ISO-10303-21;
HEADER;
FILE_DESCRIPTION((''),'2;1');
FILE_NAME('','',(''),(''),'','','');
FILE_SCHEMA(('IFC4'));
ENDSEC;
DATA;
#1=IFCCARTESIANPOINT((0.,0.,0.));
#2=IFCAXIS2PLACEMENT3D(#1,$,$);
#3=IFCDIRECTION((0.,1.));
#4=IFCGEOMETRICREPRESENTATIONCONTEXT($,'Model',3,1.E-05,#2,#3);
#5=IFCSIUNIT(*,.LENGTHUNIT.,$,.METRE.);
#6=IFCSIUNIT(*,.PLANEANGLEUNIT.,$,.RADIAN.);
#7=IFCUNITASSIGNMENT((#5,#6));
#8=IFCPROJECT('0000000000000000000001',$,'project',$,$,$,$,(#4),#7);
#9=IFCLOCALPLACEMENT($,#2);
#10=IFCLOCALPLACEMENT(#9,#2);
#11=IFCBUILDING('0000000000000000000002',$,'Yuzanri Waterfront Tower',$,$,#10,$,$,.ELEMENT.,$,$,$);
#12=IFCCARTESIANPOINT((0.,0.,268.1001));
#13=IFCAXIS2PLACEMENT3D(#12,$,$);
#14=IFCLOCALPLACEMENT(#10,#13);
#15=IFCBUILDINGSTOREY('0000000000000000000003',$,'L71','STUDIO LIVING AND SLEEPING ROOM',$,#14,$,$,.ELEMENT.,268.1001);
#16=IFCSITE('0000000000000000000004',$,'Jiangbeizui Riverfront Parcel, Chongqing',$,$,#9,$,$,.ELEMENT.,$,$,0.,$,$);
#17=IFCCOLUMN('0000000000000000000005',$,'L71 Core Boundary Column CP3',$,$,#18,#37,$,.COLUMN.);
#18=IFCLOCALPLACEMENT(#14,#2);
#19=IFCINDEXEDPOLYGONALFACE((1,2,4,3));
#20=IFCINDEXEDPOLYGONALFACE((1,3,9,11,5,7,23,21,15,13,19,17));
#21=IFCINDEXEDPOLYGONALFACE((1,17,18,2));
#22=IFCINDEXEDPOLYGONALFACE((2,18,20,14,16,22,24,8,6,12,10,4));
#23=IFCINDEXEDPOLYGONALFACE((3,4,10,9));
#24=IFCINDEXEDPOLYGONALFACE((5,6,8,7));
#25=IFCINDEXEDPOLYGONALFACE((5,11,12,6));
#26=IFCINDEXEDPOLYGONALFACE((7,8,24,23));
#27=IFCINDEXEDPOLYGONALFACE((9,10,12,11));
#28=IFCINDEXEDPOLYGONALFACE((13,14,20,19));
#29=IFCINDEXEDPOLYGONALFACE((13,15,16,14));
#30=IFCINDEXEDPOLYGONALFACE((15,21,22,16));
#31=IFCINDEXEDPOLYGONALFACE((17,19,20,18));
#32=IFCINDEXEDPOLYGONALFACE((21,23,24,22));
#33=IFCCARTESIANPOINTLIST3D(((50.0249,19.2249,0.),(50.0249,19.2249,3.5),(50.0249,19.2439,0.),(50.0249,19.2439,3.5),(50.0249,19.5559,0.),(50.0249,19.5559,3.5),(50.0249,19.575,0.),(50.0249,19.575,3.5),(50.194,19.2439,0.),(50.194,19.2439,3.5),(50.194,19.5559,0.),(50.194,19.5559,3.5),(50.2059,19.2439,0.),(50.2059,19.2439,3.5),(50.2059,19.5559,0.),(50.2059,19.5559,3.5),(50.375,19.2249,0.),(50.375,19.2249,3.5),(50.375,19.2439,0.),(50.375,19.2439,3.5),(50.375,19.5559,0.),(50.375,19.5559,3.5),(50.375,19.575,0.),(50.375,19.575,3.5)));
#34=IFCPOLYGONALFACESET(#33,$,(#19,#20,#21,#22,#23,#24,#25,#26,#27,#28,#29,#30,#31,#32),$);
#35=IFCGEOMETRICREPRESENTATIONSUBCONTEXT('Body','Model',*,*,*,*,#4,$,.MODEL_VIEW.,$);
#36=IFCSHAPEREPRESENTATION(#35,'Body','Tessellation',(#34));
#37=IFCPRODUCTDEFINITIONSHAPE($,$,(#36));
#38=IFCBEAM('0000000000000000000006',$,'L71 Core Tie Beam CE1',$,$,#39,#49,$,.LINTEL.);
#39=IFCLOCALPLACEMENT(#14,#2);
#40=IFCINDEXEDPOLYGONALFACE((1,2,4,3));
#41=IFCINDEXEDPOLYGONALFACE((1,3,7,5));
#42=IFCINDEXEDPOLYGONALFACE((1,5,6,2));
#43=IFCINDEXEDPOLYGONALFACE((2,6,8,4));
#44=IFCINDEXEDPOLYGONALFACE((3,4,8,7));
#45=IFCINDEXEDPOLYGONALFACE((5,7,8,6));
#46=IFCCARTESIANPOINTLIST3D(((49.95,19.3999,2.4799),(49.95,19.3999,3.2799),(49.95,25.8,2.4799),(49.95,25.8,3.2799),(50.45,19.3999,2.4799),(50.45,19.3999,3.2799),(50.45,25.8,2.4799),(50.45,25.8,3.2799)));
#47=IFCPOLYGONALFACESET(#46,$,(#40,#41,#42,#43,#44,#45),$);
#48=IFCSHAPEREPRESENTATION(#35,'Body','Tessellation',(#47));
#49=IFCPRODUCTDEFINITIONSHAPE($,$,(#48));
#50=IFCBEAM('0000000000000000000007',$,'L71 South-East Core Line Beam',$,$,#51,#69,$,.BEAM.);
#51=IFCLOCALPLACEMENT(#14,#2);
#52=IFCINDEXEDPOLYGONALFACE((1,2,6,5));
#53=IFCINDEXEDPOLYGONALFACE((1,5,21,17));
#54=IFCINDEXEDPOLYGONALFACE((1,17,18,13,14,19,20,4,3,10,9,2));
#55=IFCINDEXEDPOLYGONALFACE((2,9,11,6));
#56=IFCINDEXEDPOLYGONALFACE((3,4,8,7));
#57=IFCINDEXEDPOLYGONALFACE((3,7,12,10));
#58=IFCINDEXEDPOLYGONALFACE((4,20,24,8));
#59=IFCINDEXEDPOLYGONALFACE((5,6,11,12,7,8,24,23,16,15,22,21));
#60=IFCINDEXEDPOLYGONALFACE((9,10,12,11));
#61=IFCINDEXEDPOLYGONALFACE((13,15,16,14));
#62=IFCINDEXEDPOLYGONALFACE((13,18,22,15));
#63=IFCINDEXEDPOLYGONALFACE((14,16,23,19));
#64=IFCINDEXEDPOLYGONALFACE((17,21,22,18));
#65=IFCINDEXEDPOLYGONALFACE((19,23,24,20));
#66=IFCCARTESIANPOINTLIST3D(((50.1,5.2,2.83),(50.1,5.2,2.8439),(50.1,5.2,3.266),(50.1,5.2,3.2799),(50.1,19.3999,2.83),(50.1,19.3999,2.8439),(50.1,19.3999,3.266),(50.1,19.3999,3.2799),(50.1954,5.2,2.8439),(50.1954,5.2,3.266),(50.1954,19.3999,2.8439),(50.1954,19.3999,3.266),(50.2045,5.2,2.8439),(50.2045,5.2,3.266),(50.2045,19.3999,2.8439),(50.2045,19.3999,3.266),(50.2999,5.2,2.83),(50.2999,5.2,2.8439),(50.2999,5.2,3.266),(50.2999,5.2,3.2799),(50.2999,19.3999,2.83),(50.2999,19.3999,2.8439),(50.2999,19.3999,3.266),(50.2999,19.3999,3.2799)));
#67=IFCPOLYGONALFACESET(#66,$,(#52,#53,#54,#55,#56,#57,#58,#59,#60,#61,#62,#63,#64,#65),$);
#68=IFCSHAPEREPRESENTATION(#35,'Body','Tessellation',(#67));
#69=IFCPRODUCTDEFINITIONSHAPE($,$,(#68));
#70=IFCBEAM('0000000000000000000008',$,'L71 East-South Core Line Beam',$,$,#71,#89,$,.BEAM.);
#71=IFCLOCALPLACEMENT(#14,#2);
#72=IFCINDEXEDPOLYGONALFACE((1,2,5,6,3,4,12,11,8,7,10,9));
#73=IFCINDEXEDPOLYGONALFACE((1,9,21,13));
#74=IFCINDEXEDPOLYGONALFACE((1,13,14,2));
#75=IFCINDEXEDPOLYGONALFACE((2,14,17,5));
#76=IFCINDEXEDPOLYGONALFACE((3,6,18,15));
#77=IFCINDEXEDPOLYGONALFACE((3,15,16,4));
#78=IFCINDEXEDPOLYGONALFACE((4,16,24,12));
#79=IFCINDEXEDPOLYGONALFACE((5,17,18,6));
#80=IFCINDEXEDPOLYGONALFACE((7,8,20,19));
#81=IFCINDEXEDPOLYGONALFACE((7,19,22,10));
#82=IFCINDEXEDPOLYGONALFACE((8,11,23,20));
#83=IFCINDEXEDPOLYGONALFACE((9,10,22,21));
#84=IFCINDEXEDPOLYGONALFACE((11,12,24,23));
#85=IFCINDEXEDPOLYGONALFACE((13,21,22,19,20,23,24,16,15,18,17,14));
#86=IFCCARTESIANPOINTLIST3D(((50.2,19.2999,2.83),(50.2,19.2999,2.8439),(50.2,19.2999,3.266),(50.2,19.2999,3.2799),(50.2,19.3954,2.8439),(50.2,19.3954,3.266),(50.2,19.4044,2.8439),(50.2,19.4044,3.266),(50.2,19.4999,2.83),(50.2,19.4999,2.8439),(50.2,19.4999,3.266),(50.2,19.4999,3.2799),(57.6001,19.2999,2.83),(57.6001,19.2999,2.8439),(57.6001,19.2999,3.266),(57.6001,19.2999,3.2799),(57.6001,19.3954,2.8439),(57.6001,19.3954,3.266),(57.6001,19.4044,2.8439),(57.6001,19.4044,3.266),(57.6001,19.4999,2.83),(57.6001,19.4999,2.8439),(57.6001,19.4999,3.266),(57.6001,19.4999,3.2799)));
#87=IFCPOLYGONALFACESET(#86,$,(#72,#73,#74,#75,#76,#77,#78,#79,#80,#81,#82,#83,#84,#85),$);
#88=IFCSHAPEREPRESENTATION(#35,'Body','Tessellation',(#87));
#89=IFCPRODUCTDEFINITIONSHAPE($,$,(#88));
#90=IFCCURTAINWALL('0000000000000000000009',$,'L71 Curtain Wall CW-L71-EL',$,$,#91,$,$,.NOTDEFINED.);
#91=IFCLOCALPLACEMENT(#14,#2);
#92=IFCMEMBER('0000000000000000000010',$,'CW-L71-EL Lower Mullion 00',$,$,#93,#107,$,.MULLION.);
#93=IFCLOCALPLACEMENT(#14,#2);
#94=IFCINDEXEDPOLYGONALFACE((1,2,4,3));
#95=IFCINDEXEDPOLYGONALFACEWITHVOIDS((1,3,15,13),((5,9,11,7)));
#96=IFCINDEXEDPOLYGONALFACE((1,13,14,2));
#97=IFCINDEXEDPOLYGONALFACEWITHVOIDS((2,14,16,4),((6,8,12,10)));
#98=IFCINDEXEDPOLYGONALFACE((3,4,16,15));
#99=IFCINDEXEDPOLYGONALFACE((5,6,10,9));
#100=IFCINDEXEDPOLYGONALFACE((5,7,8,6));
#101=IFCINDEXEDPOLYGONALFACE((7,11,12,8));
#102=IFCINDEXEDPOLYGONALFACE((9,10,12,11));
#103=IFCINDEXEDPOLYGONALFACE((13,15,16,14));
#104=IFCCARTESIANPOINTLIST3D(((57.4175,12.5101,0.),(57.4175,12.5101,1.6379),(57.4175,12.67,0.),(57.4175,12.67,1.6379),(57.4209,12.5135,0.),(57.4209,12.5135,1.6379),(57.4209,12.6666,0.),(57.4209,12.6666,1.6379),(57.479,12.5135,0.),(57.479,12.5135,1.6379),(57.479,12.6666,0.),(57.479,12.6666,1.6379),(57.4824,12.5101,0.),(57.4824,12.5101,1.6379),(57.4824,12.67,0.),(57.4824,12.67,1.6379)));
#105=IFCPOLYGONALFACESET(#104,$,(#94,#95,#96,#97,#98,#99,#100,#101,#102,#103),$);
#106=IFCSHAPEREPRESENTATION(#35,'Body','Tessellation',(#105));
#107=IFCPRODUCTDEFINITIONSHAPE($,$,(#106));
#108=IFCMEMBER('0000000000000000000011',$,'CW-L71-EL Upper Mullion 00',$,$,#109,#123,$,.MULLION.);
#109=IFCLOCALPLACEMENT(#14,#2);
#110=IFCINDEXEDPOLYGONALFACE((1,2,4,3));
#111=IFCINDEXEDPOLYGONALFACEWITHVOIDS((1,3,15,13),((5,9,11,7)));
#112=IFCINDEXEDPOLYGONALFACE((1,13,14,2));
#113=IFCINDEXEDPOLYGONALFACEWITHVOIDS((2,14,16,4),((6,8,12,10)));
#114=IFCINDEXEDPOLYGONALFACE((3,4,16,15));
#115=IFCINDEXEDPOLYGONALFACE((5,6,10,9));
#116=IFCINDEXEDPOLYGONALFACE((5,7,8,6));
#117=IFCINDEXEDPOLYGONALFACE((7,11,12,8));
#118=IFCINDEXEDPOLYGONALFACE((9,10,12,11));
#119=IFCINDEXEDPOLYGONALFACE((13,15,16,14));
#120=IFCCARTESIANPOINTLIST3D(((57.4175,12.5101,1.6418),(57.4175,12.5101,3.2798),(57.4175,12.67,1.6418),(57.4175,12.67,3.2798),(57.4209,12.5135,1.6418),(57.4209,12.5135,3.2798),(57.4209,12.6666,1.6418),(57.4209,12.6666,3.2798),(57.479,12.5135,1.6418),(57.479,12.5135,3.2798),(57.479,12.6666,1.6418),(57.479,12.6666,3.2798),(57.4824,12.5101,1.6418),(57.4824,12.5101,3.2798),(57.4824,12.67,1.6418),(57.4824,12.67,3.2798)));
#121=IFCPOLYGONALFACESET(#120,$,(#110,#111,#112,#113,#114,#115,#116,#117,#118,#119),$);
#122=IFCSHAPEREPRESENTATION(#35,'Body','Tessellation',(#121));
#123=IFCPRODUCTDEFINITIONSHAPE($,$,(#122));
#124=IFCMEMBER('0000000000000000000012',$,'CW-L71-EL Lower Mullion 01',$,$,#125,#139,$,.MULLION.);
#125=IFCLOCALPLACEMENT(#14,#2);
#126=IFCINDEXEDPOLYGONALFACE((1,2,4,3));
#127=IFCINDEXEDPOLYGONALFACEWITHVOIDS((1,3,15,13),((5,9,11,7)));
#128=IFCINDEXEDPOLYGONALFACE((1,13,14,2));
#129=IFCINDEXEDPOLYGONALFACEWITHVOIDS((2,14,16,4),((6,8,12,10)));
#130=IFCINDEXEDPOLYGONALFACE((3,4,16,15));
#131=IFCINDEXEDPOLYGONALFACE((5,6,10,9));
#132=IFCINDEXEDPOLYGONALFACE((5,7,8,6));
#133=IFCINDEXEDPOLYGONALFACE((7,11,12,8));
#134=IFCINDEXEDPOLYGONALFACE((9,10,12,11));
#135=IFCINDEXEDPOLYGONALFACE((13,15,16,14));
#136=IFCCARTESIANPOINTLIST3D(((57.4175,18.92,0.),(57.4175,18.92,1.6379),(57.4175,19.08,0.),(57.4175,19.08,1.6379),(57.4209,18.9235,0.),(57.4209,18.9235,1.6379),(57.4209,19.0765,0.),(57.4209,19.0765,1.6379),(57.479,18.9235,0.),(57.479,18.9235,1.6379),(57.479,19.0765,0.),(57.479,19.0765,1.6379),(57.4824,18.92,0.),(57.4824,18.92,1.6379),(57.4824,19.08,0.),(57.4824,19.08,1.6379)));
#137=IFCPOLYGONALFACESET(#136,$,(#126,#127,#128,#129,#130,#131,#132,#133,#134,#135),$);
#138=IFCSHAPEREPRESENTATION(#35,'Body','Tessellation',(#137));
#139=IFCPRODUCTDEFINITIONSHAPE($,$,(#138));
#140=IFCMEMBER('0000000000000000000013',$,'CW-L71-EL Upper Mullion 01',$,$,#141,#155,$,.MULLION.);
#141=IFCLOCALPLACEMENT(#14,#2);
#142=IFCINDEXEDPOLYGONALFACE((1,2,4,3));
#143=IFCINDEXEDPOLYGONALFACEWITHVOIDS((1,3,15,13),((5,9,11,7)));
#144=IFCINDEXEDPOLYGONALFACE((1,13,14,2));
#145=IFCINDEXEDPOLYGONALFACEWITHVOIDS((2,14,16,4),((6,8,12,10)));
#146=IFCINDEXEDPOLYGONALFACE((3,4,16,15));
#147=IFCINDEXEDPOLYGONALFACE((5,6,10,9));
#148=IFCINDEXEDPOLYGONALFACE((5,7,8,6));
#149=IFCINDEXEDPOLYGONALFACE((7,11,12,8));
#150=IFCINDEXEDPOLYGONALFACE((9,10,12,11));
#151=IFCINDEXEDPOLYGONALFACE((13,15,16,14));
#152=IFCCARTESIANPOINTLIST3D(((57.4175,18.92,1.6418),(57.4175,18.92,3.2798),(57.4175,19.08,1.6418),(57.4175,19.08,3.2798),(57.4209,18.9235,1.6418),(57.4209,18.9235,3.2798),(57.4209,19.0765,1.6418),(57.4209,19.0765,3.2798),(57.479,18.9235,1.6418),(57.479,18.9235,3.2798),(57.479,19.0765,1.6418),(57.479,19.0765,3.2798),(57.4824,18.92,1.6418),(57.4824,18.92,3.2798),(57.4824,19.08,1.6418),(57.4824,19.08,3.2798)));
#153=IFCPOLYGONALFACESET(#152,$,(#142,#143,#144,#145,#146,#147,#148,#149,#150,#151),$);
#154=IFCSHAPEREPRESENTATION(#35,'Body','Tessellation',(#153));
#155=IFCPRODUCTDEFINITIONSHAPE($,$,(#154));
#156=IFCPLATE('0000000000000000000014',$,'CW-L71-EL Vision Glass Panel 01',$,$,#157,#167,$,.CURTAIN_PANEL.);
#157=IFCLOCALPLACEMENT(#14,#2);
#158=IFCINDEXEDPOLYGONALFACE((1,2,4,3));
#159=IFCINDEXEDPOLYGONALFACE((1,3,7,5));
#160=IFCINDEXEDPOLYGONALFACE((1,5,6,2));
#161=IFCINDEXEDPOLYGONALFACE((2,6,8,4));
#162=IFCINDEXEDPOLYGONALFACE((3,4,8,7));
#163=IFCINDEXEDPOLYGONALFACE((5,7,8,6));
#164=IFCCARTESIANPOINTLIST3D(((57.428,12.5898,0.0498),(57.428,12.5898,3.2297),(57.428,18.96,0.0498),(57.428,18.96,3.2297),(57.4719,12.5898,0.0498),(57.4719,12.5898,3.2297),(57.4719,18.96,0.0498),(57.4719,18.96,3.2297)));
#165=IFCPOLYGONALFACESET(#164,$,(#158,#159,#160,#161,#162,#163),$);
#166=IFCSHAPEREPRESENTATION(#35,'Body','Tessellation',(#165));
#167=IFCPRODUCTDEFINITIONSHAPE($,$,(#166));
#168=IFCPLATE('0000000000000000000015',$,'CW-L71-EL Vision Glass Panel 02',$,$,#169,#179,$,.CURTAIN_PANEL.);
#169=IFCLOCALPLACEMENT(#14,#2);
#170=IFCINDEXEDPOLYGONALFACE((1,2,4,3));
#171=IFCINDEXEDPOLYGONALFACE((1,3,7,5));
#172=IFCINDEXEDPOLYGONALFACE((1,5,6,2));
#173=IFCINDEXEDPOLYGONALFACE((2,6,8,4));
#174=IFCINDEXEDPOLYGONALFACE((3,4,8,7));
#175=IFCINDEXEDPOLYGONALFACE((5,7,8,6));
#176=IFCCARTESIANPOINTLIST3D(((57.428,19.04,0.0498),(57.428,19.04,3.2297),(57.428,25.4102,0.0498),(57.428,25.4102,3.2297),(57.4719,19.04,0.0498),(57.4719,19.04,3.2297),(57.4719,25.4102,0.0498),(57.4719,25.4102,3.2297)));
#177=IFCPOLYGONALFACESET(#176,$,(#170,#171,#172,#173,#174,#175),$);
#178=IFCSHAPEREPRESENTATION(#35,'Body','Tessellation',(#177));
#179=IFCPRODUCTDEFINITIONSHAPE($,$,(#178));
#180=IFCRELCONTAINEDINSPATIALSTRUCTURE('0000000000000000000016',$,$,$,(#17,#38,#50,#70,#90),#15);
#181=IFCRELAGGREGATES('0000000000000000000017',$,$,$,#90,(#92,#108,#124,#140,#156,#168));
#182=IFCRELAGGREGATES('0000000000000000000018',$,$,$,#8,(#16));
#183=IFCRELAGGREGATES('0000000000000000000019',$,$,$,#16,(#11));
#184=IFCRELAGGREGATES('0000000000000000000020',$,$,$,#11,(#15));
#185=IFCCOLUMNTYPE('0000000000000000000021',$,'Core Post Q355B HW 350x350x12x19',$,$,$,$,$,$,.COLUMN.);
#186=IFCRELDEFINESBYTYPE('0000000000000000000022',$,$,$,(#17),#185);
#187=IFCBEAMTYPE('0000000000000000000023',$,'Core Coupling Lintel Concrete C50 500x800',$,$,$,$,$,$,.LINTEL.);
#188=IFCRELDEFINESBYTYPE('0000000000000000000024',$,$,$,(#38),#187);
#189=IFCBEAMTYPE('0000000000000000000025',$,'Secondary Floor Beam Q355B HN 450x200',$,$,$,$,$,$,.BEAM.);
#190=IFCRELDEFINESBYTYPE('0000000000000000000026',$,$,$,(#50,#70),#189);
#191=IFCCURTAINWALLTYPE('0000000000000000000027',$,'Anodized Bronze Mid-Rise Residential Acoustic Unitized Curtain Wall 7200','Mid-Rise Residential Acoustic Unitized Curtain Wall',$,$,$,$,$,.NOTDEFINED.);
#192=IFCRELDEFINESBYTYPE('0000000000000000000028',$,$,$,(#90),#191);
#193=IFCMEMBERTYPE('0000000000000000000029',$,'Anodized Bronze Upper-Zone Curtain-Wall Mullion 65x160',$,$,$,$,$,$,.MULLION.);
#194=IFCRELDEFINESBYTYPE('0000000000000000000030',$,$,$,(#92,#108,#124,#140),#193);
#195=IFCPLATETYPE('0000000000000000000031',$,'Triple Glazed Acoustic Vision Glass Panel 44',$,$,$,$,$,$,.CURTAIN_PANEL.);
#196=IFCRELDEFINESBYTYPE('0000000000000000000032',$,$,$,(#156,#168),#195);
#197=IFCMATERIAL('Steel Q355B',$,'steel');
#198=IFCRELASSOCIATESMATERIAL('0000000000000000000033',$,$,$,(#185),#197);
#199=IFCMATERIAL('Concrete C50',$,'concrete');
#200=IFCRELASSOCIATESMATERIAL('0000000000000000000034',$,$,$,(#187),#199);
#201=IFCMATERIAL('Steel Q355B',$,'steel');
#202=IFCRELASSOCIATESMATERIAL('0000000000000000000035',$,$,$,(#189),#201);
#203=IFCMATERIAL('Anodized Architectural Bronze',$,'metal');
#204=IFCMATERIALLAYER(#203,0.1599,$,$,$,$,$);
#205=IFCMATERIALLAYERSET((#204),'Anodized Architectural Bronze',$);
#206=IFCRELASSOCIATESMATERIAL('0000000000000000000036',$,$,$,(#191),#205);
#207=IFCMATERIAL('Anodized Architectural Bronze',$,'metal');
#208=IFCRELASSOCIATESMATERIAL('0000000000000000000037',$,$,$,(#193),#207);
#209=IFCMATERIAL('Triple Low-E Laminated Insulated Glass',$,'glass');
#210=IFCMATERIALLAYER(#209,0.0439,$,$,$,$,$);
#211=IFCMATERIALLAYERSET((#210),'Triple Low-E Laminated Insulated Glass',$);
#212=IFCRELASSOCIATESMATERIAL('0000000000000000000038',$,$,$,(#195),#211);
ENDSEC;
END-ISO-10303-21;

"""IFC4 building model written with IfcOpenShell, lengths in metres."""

from ifc_helpers import new_model, si_unit, direction, frame, origin, origin_2d, place, context, subcontext, project, spatial, rectangle, hollow_rectangle, i_section, extrude, source, transform, mapped, material, layer, layer_set, material_profile, profile_set, type_object, element, aggregate, save


model = new_model("IFC4")

# Units and contexts
model_context = context("Model", 3, precision=1e-05, world=origin(), true_north=direction((0.0, 1.0)))
body_context = subcontext(model_context, "Body", "Model", "MODEL_VIEW")
ifc_project = project(units=[si_unit("LENGTHUNIT", "METRE"), si_unit("PLANEANGLEUNIT", "RADIAN")], contexts=[model_context])

# Site, building, storey
site_placement = place(None, origin())
site = spatial("IfcSite", under=ifc_project, at=site_placement, Name="Jiangbeizui Riverfront Parcel, Chongqing", CompositionType="ELEMENT", RefElevation=0.0)
building_placement = place(site_placement, origin())
building = spatial("IfcBuilding", under=site, at=building_placement, Name="Yuzanri Waterfront Tower", CompositionType="ELEMENT")
storey_placement = place(building_placement, frame((0.0, 0.0, 268.1001)))
storey = spatial("IfcBuildingStorey", under=building, at=storey_placement, Name="L71", Description="STUDIO LIVING AND SLEEPING ROOM", CompositionType="ELEMENT", Elevation=268.1001)

# Column
ifc_material_1 = material(Name="Steel Q355B", Category="steel")
ifc_material_profile_1 = material_profile(ifc_material_1, i_section(OverallWidth=0.3501, OverallDepth=0.3501, WebThickness=0.012, FlangeThickness=0.019, at=origin_2d()), Name="HW 350x350x12x19")
ifc_profile_set_1 = profile_set([ifc_material_profile_1], Name="Steel Q355B")
column_type = type_object("IfcColumnType", Name="Core Post Q355B HW 350x350x12x19", PredefinedType="COLUMN", material=ifc_profile_set_1)
shared_shape_1 = source(origin(), body_context, "Body", "SweptSolid", [
    extrude(i_section(OverallWidth=0.3501, OverallDepth=0.3501, WebThickness=0.012, FlangeThickness=0.019, at=origin_2d()), origin(), (0.0, 0.0, 1.0), 3.5),
])
column_placement = place(storey_placement, frame((50.2, 19.3999, 0.0), z_axis=(0.0, 0.0, 1.0), x_axis=(1.0, 0.0, 0.0)))
element("IfcColumn", 1, at=column_placement, inside=storey, type_object=column_type, Name="L71 Core Boundary Column CP3", PredefinedType="COLUMN", context=body_context, shape_type="MappedRepresentation", body=[
    mapped(shared_shape_1, transform((0.0, 0.0, 0.0), scale=1.0)),
])

# Beams
ifc_material_2 = material(Name="Concrete C50", Category="concrete")
ifc_material_profile_2 = material_profile(ifc_material_2, rectangle(XDim=0.5, YDim=0.8, at=origin_2d()), Name="RC 500x800")
ifc_profile_set_2 = profile_set([ifc_material_profile_2], Name="Concrete C50")
beam_type_1 = type_object("IfcBeamType", Name="Core Coupling Lintel Concrete C50 500x800", PredefinedType="LINTEL", material=ifc_profile_set_2)
shared_shape_2 = source(origin(), body_context, "Body", "SweptSolid", [
    extrude(rectangle(XDim=0.5, YDim=0.8, at=origin_2d()), origin(), (0.0, 0.0, 1.0), 6.4001),
])
beam_1_placement = place(storey_placement, frame((50.2, 19.3999, 2.8799), z_axis=(0.0, 1.0, 0.0), x_axis=(-1.0, 0.0, 0.0)))
element("IfcBeam", 2, at=beam_1_placement, inside=storey, type_object=beam_type_1, Name="L71 Core Tie Beam CE1", PredefinedType="LINTEL", context=body_context, shape_type="MappedRepresentation", body=[
    mapped(shared_shape_2, transform((0.0, 0.0, 0.0), scale=1.0)),
])
ifc_material_3 = material(Name="Steel Q355B", Category="steel")
ifc_material_profile_3 = material_profile(ifc_material_3, i_section(OverallWidth=0.2, OverallDepth=0.45, WebThickness=0.009, FlangeThickness=0.0139, at=origin_2d()), Name="HN 450x200x9x14")
ifc_profile_set_3 = profile_set([ifc_material_profile_3], Name="Steel Q355B")
beam_type_2 = type_object("IfcBeamType", Name="Secondary Floor Beam Q355B HN 450x200", PredefinedType="BEAM", material=ifc_profile_set_3)
shared_shape_3 = source(origin(), body_context, "Body", "SweptSolid", [
    extrude(i_section(OverallWidth=0.2, OverallDepth=0.45, WebThickness=0.009, FlangeThickness=0.0139, at=origin_2d()), origin(), (0.0, 0.0, 1.0), 14.2),
])
beam_2_placement = place(storey_placement, frame((50.2, 19.3999, 3.0549), z_axis=(0.0, -1.0, 0.0), x_axis=(1.0, 0.0, 0.0)))
element("IfcBeam", 3, at=beam_2_placement, inside=storey, type_object=beam_type_2, Name="L71 South-East Core Line Beam", PredefinedType="BEAM", context=body_context, shape_type="MappedRepresentation", body=[
    mapped(shared_shape_3, transform((0.0, 0.0, 0.0), scale=1.0)),
])
shared_shape_4 = source(origin(), body_context, "Body", "SweptSolid", [
    extrude(i_section(OverallWidth=0.2, OverallDepth=0.45, WebThickness=0.009, FlangeThickness=0.0139, at=origin_2d()), origin(), (0.0, 0.0, 1.0), 7.4001),
])
beam_3_placement = place(storey_placement, frame((50.2, 19.3999, 3.0549), z_axis=(1.0, 0.0, 0.0), x_axis=(0.0, 1.0, 0.0)))
element("IfcBeam", 4, at=beam_3_placement, inside=storey, type_object=beam_type_2, Name="L71 East-South Core Line Beam", PredefinedType="BEAM", context=body_context, shape_type="MappedRepresentation", body=[
    mapped(shared_shape_4, transform((0.0, 0.0, 0.0), scale=1.0)),
])

# Curtain wall, members, plates
ifc_material_4 = material(Name="Anodized Architectural Bronze", Category="metal")
ifc_layer_1 = layer(ifc_material_4, 0.1599)
ifc_layer_set_1 = layer_set([ifc_layer_1], Name="Anodized Architectural Bronze")
curtain_wall_type = type_object("IfcCurtainWallType", Name="Anodized Bronze Mid-Rise Residential Acoustic Unitized Curtain Wall 7200", Description="Mid-Rise Residential Acoustic Unitized Curtain Wall", PredefinedType="NOTDEFINED", material=ifc_layer_set_1)
curtain_wall_placement = place(storey_placement, origin())
curtain_wall = element("IfcCurtainWall", 5, at=curtain_wall_placement, inside=storey, type_object=curtain_wall_type, Name="L71 Curtain Wall CW-L71-EL", PredefinedType="NOTDEFINED")
ifc_material_5 = material(Name="Anodized Architectural Bronze", Category="metal")
ifc_material_profile_4 = material_profile(ifc_material_5, hollow_rectangle(XDim=0.0649, YDim=0.1599, WallThickness=0.0034, at=origin_2d()), Name="CWM 65x160")
ifc_profile_set_4 = profile_set([ifc_material_profile_4], Name="Anodized Architectural Bronze")
member_type = type_object("IfcMemberType", Name="Anodized Bronze Upper-Zone Curtain-Wall Mullion 65x160", PredefinedType="MULLION", material=ifc_profile_set_4)
shared_shape_5 = source(origin(), body_context, "Body", "SweptSolid", [
    extrude(hollow_rectangle(XDim=0.0649, YDim=0.1599, WallThickness=0.0034, at=origin_2d()), origin(), (0.0, 0.0, 1.0), 1.6379),
])
member_1_placement = place(storey_placement, frame((57.45, 12.5901, 0.0), z_axis=(0.0, 0.0, 1.0), x_axis=(1.0, 0.0, 0.0)))
member_1 = element("IfcMember", 6, at=member_1_placement, type_object=member_type, Name="CW-L71-EL Lower Mullion 00", PredefinedType="MULLION", context=body_context, shape_type="MappedRepresentation", body=[
    mapped(shared_shape_5, transform((0.0, 0.0, 0.0), scale=1.0)),
])
member_2_placement = place(storey_placement, frame((57.45, 12.5901, 1.6418), z_axis=(0.0, 0.0, 1.0), x_axis=(1.0, 0.0, 0.0)))
member_2 = element("IfcMember", 7, at=member_2_placement, type_object=member_type, Name="CW-L71-EL Upper Mullion 00", PredefinedType="MULLION", context=body_context, shape_type="MappedRepresentation", body=[
    mapped(shared_shape_5, transform((0.0, 0.0, 0.0), scale=1.0)),
])
member_3_placement = place(storey_placement, frame((57.45, 19.0, 0.0), z_axis=(0.0, 0.0, 1.0), x_axis=(1.0, 0.0, 0.0)))
member_3 = element("IfcMember", 8, at=member_3_placement, type_object=member_type, Name="CW-L71-EL Lower Mullion 01", PredefinedType="MULLION", context=body_context, shape_type="MappedRepresentation", body=[
    mapped(shared_shape_5, transform((0.0, 0.0, 0.0), scale=1.0)),
])
member_4_placement = place(storey_placement, frame((57.45, 19.0, 1.6418), z_axis=(0.0, 0.0, 1.0), x_axis=(1.0, 0.0, 0.0)))
member_4 = element("IfcMember", 9, at=member_4_placement, type_object=member_type, Name="CW-L71-EL Upper Mullion 01", PredefinedType="MULLION", context=body_context, shape_type="MappedRepresentation", body=[
    mapped(shared_shape_5, transform((0.0, 0.0, 0.0), scale=1.0)),
])
ifc_material_6 = material(Name="Triple Low-E Laminated Insulated Glass", Category="glass")
ifc_layer_2 = layer(ifc_material_6, 0.0439)
ifc_layer_set_2 = layer_set([ifc_layer_2], Name="Triple Low-E Laminated Insulated Glass")
plate_type = type_object("IfcPlateType", Name="Triple Glazed Acoustic Vision Glass Panel 44", PredefinedType="CURTAIN_PANEL", material=ifc_layer_set_2)
shared_shape_6 = source(origin(), body_context, "Body", "SweptSolid", [
    extrude(rectangle(XDim=6.3701, YDim=0.0439, at=origin_2d()), origin(), (0.0, 0.0, 1.0), 3.1799),
])
plate_1_placement = place(storey_placement, frame((57.45, 15.7749, 0.0498), z_axis=(0.0, 0.0, 1.0), x_axis=(0.0, 1.0, 0.0)))
plate_1 = element("IfcPlate", 10, at=plate_1_placement, type_object=plate_type, Name="CW-L71-EL Vision Glass Panel 01", PredefinedType="CURTAIN_PANEL", context=body_context, shape_type="MappedRepresentation", body=[
    mapped(shared_shape_6, transform((0.0, 0.0, 0.0), scale=1.0)),
])
plate_2_placement = place(storey_placement, frame((57.45, 22.2251, 0.0498), z_axis=(0.0, 0.0, 1.0), x_axis=(0.0, 1.0, 0.0)))
plate_2 = element("IfcPlate", 11, at=plate_2_placement, type_object=plate_type, Name="CW-L71-EL Vision Glass Panel 02", PredefinedType="CURTAIN_PANEL", context=body_context, shape_type="MappedRepresentation", body=[
    mapped(shared_shape_6, transform((0.0, 0.0, 0.0), scale=1.0)),
])
aggregate(curtain_wall, [member_1, member_2, member_3, member_4, plate_1, plate_2])

save(model, "model.ifc")
